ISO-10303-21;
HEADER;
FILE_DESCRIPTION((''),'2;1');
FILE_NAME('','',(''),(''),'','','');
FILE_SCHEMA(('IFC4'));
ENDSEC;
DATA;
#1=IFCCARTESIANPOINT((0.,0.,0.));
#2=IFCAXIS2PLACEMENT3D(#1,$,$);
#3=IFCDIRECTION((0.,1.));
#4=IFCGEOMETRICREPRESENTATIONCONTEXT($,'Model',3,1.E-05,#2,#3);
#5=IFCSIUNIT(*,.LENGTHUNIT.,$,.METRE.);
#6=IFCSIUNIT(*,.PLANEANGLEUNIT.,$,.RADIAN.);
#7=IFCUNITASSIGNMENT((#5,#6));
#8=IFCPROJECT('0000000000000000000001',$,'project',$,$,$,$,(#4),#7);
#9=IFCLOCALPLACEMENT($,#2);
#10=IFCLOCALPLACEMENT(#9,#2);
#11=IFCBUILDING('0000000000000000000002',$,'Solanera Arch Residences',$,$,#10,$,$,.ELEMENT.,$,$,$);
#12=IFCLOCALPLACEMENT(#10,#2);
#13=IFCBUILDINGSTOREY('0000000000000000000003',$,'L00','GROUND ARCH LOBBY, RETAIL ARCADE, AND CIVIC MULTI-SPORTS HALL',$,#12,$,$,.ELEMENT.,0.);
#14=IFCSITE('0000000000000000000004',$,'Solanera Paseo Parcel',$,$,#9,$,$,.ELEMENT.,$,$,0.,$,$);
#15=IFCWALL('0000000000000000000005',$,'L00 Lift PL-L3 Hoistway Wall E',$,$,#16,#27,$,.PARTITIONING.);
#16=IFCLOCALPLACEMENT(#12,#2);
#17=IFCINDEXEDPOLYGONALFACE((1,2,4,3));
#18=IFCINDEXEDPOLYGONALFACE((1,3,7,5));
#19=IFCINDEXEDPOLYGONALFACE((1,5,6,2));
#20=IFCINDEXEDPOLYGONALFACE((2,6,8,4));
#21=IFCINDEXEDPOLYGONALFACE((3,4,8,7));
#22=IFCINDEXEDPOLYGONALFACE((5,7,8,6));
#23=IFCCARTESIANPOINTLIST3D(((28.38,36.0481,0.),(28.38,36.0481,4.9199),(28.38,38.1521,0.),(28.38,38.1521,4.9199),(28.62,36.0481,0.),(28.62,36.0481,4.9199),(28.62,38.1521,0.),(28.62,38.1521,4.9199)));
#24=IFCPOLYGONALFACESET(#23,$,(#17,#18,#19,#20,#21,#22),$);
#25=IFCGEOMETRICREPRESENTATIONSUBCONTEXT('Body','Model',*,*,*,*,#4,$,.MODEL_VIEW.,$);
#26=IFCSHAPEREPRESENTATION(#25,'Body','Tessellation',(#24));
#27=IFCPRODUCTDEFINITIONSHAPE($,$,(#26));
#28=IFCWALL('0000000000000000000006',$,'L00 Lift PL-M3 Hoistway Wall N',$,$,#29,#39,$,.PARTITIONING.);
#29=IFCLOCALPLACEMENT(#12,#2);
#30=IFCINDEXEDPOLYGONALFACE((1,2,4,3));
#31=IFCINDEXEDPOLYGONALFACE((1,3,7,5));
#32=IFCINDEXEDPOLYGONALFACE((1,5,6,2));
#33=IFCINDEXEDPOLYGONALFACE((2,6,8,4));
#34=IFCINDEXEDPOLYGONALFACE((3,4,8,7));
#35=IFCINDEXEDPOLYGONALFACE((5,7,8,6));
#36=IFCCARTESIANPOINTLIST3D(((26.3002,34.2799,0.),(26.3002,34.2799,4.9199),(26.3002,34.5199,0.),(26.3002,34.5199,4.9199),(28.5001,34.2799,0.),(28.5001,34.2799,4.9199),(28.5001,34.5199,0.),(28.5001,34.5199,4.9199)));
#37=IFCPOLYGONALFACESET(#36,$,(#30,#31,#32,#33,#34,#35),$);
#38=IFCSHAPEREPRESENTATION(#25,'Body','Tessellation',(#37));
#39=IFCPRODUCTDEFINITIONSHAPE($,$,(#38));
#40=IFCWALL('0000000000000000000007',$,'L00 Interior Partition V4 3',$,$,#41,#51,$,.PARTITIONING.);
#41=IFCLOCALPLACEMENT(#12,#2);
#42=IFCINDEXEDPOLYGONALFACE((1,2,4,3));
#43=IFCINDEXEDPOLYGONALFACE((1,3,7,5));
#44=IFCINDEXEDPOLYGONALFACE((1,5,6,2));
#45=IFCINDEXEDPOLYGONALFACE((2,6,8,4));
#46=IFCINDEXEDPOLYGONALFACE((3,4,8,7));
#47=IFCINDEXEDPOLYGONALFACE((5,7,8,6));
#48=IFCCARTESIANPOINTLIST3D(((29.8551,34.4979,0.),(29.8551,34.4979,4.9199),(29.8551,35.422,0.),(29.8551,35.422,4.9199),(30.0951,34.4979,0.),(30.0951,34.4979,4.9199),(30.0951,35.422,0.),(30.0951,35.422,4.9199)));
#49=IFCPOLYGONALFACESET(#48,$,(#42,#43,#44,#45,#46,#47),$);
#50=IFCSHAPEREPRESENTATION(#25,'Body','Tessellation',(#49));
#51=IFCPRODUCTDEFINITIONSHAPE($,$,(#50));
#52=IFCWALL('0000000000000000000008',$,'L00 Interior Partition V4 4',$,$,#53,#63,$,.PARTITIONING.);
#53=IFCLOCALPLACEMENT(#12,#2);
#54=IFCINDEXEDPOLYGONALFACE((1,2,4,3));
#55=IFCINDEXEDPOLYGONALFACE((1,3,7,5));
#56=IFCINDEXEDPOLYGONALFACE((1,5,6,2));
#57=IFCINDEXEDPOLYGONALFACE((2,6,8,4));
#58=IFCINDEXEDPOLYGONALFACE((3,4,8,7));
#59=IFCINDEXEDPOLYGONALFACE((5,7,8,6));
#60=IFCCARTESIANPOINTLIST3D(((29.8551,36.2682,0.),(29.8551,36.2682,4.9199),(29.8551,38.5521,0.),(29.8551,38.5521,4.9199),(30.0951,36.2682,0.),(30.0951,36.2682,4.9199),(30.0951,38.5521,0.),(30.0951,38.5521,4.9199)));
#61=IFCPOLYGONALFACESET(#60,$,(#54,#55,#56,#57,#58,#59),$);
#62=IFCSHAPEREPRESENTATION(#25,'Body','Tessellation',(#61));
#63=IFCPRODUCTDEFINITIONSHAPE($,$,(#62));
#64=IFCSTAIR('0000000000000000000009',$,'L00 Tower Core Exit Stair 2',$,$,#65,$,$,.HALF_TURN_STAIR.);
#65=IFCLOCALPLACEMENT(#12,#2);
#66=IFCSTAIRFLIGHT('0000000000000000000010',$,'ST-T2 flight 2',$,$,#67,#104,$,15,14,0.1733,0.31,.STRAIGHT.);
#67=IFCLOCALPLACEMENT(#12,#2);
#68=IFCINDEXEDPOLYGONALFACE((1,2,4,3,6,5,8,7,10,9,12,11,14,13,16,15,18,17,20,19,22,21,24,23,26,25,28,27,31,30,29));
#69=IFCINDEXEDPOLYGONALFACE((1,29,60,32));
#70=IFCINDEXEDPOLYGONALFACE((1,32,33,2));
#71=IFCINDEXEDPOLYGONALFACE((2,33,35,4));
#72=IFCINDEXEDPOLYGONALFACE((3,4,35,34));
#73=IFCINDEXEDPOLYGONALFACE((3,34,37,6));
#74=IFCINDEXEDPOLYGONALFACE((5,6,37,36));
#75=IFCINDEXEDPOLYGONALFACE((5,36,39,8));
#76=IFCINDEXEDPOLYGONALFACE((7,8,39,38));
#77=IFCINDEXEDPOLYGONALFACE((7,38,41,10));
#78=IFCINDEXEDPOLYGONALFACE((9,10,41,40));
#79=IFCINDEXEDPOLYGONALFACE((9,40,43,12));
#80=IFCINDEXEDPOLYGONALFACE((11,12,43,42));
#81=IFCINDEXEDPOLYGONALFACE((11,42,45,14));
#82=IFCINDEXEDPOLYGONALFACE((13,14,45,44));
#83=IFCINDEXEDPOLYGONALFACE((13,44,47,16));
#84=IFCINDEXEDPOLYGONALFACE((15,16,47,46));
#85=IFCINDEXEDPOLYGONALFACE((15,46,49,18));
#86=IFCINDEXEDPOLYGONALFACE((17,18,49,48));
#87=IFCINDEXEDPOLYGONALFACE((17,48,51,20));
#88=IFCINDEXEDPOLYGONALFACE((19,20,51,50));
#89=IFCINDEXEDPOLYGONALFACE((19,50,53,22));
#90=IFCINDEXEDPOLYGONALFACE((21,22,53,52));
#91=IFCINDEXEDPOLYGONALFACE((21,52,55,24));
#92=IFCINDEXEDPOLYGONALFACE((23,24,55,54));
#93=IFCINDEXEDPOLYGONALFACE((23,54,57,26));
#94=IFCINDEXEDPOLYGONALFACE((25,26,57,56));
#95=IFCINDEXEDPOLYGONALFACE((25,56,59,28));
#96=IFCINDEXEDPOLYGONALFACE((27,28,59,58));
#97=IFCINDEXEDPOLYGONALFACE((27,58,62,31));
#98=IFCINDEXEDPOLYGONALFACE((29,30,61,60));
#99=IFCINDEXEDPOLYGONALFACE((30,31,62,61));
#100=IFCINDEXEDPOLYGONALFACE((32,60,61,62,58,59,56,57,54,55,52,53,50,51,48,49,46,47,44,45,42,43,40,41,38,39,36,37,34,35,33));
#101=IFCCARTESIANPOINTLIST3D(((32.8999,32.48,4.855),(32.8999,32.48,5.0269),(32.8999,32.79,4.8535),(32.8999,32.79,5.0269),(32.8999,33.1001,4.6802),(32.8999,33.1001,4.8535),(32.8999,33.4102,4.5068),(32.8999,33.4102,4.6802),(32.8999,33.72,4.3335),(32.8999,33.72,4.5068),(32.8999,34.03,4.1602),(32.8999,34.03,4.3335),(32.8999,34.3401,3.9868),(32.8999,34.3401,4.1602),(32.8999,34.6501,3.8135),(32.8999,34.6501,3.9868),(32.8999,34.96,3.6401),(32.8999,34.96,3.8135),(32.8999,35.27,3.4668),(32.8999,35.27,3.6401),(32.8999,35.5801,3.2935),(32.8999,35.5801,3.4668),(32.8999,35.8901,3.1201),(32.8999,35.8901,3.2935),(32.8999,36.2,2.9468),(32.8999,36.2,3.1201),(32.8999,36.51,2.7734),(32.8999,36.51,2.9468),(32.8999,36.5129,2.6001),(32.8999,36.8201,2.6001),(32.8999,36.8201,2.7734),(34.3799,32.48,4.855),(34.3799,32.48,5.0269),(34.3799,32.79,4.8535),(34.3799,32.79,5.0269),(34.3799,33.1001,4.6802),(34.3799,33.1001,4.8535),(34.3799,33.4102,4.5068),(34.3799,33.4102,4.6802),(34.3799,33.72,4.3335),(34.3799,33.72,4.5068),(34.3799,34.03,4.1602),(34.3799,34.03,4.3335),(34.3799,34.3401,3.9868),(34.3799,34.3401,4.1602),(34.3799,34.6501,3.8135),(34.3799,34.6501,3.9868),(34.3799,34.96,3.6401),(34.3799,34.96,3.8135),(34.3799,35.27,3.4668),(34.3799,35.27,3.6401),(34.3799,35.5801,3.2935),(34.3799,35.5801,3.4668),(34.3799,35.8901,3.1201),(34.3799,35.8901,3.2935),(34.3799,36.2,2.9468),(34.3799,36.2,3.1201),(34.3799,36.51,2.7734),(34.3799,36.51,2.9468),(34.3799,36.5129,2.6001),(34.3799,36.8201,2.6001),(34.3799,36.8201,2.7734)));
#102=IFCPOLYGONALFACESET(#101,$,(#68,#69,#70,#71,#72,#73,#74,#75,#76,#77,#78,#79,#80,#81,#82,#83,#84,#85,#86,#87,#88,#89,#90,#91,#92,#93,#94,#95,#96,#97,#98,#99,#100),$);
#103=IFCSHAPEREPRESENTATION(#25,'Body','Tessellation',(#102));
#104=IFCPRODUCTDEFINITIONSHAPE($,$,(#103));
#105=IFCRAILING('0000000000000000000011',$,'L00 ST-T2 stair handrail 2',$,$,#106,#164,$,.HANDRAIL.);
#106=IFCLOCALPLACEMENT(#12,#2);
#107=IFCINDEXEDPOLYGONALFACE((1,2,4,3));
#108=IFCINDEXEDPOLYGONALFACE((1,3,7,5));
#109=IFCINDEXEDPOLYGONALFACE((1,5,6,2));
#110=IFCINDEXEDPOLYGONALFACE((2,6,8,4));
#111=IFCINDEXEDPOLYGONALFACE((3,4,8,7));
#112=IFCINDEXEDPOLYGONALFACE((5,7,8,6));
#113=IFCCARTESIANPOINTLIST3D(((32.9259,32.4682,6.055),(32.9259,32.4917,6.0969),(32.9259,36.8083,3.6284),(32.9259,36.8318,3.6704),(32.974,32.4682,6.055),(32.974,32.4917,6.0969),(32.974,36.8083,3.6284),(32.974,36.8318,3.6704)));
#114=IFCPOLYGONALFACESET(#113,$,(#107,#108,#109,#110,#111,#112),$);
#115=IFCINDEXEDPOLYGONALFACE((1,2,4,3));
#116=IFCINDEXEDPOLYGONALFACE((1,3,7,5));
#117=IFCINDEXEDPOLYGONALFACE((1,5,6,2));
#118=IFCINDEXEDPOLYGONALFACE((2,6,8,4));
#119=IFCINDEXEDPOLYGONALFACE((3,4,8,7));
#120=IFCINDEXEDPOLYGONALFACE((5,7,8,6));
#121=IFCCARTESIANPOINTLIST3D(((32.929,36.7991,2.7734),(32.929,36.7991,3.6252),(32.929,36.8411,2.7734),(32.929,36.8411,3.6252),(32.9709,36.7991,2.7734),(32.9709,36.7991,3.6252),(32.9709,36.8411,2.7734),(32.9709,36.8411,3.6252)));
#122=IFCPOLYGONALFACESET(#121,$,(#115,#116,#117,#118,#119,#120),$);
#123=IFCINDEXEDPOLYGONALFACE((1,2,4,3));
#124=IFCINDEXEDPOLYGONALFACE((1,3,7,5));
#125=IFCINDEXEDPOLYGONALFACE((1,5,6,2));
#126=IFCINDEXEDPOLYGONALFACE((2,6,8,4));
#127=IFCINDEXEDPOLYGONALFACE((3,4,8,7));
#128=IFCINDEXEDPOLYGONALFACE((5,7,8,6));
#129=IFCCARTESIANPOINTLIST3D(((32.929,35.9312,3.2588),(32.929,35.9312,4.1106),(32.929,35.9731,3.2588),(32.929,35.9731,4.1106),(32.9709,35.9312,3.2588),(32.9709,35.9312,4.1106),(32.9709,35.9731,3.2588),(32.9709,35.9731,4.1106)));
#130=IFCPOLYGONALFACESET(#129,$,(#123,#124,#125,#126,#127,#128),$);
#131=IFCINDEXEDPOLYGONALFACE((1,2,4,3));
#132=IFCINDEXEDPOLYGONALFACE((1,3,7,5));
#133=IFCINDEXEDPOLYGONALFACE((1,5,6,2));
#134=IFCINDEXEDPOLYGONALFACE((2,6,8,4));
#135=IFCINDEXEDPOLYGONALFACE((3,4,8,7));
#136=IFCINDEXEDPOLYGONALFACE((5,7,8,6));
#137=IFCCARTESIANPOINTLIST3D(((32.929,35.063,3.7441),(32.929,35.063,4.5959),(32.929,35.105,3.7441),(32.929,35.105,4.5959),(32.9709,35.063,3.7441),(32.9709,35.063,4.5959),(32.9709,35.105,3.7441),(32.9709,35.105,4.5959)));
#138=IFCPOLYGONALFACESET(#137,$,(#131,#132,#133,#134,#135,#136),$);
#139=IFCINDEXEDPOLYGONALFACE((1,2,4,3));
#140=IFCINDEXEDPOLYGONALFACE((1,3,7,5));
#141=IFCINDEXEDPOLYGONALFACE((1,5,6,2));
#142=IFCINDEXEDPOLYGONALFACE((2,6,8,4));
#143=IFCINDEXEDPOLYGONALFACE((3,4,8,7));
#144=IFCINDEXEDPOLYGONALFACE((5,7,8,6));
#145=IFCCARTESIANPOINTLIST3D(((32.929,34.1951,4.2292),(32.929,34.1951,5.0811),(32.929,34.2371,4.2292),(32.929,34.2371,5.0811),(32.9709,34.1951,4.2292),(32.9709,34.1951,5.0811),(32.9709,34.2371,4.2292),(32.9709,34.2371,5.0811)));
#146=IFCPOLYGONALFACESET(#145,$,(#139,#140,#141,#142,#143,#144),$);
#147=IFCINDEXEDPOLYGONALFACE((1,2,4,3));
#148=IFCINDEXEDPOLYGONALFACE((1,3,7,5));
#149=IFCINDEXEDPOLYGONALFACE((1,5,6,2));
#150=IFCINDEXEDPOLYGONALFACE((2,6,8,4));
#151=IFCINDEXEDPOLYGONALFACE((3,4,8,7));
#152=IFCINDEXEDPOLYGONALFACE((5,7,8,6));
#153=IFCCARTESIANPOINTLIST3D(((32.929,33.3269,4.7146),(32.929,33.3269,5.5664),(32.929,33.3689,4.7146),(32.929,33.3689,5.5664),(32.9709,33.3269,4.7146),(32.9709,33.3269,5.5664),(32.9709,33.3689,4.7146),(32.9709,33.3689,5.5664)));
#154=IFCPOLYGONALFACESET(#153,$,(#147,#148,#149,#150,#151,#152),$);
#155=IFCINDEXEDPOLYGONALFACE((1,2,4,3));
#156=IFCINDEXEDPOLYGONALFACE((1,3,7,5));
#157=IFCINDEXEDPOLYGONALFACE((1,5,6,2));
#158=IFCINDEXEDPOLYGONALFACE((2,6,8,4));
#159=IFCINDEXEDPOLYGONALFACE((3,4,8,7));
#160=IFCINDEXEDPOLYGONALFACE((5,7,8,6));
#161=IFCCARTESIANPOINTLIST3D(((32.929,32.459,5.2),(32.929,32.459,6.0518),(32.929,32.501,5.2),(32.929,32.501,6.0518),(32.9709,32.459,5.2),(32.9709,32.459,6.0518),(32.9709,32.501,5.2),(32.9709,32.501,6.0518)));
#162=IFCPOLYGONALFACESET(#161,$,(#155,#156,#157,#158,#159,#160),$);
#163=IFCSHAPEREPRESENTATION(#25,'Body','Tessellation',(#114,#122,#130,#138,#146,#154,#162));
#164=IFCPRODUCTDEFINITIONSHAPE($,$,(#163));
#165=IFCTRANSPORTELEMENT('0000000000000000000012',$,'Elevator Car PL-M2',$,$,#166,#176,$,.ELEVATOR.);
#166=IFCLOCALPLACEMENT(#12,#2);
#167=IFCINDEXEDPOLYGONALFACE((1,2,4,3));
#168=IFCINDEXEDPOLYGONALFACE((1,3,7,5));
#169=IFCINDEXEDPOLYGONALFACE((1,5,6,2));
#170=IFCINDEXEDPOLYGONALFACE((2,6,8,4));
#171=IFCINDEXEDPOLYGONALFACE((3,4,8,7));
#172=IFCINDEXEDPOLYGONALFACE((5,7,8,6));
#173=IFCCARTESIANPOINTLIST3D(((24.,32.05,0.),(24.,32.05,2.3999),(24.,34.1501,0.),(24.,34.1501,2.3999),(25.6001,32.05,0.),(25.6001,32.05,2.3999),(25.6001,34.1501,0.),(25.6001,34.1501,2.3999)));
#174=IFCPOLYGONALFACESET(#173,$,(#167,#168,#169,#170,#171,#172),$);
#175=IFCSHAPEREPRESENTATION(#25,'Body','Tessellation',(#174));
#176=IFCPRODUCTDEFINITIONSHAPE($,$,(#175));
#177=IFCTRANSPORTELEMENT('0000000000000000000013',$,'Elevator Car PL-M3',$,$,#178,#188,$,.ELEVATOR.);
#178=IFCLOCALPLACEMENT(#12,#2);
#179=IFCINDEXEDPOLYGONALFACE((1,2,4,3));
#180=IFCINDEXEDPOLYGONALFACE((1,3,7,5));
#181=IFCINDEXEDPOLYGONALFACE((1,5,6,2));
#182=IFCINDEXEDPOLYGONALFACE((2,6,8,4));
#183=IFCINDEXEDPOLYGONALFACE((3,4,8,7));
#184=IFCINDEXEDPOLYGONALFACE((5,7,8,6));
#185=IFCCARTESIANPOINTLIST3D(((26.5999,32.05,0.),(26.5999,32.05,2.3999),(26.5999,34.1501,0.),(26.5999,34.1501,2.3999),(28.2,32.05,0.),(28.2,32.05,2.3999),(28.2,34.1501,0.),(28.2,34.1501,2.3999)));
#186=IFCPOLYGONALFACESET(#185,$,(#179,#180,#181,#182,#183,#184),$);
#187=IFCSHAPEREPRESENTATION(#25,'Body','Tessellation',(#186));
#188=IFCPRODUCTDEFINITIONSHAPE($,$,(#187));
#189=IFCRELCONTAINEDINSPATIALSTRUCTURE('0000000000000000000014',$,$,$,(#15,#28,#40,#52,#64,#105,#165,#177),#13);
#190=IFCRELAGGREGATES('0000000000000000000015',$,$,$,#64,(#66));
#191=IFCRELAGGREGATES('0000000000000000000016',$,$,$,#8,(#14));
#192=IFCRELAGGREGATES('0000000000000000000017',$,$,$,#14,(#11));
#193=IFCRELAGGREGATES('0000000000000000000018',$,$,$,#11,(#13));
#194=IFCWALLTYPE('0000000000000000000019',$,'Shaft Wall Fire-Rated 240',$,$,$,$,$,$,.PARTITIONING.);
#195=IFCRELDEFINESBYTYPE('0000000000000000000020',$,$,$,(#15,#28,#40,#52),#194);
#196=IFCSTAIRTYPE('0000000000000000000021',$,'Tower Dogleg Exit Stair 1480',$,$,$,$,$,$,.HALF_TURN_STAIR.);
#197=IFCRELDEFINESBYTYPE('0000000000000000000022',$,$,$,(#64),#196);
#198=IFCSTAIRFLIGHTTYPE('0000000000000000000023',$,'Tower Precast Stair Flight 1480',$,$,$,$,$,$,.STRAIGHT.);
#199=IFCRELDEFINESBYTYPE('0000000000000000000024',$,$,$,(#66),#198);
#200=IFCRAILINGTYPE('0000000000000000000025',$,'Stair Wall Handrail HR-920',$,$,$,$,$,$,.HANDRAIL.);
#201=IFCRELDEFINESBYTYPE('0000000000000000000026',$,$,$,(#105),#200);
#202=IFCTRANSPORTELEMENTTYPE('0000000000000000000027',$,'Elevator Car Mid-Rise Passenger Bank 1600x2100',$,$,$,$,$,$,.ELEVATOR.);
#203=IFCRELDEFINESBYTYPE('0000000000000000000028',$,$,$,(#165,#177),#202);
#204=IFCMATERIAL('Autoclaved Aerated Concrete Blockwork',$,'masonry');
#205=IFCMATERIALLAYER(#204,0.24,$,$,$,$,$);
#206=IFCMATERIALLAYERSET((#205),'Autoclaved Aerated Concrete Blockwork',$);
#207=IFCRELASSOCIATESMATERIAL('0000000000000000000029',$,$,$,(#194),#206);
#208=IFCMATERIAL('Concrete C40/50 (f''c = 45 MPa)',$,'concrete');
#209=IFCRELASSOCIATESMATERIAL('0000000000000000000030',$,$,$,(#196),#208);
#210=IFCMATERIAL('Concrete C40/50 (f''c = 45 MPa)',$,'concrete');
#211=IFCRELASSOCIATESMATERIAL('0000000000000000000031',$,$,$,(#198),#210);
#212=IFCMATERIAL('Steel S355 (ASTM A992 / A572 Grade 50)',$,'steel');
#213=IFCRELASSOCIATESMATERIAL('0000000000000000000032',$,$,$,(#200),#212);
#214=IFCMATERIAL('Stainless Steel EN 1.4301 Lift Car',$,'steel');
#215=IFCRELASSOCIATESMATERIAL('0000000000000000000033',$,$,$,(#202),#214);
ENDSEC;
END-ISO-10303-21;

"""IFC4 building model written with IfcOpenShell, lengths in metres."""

from ifc_helpers import new_model, si_unit, direction, frame, frame_2d, origin, origin_2d, place, context, subcontext, project, spatial, polyline, rectangle, outline, extrude, material, layer, layer_set, type_object, element, aggregate, save


model = new_model("IFC4")

# Units and contexts
model_context = context("Model", 3, precision=1e-05, world=origin(), true_north=direction((0.0, 1.0)))
body_context = subcontext(model_context, "Body", "Model", "MODEL_VIEW")
ifc_project = project(units=[si_unit("LENGTHUNIT", "METRE"), si_unit("PLANEANGLEUNIT", "RADIAN")], contexts=[model_context])

# Site, building, storey
site_placement = place(None, origin())
site = spatial("IfcSite", under=ifc_project, at=site_placement, Name="Solanera Paseo Parcel", CompositionType="ELEMENT", RefElevation=0.0)
building_placement = place(site_placement, origin())
building = spatial("IfcBuilding", under=site, at=building_placement, Name="Solanera Arch Residences", CompositionType="ELEMENT")
storey_placement = place(building_placement, origin())
storey = spatial("IfcBuildingStorey", under=building, at=storey_placement, Name="L00", Description="GROUND ARCH LOBBY, RETAIL ARCADE, AND CIVIC MULTI-SPORTS HALL", CompositionType="ELEMENT", Elevation=0.0)

# Walls
ifc_material_1 = material(Name="Autoclaved Aerated Concrete Blockwork", Category="masonry")
ifc_layer_1 = layer(ifc_material_1, 0.24)
ifc_layer_set_1 = layer_set([ifc_layer_1], Name="Autoclaved Aerated Concrete Blockwork")
wall_type_1 = type_object("IfcWallType", Name="Shaft Wall Fire-Rated 240", PredefinedType="PARTITIONING", material=ifc_layer_set_1)
for number, where, z_axis, x_axis, name in (
    (1, (28.5, 36.0481, 0.0), (0.0, 0.0, 1.0), (0.0, 1.0, 0.0), "L00 Lift PL-L3 Hoistway Wall E"),
):
    element("IfcWall", number, at=place(storey_placement, frame(where, z_axis=z_axis, x_axis=x_axis)), inside=storey, type_object=wall_type_1, Name=name, PredefinedType="PARTITIONING", context=body_context, shape_type="SweptSolid", body=[
        extrude(rectangle(XDim=2.104, YDim=0.24, at=frame_2d((1.052, 0.0))), origin(), (0.0, 0.0, 1.0), 4.9199),
    ])
wall_1_placement = place(storey_placement, frame((26.3, 34.3999, 0.0), z_axis=(0.0, 0.0, 1.0), x_axis=(1.0, 0.0, 0.0)))
element("IfcWall", 2, at=wall_1_placement, inside=storey, type_object=wall_type_1, Name="L00 Lift PL-M3 Hoistway Wall N", PredefinedType="PARTITIONING", context=body_context, shape_type="SweptSolid", body=[
    extrude(rectangle(XDim=2.2, YDim=0.24, at=frame_2d((1.1001, 0.0))), origin(), (0.0, 0.0, 1.0), 4.9199),
])

# Walls
wall_2_placement = place(storey_placement, frame((29.9751, 34.498, 0.0), z_axis=(0.0, 0.0, 1.0), x_axis=(0.0, 1.0, 0.0)))
element("IfcWall", 3, at=wall_2_placement, inside=storey, type_object=wall_type_1, Name="L00 Interior Partition V4 3", PredefinedType="PARTITIONING", context=body_context, shape_type="SweptSolid", body=[
    extrude(rectangle(XDim=0.9241, YDim=0.24, at=frame_2d((0.4619, 0.0))), origin(), (0.0, 0.0, 1.0), 4.9199),
])
wall_3_placement = place(storey_placement, frame((29.9751, 36.2681, 0.0), z_axis=(0.0, 0.0, 1.0), x_axis=(0.0, 1.0, 0.0)))
element("IfcWall", 4, at=wall_3_placement, inside=storey, type_object=wall_type_1, Name="L00 Interior Partition V4 4", PredefinedType="PARTITIONING", context=body_context, shape_type="SweptSolid", body=[
    extrude(rectangle(XDim=2.2839, YDim=0.24, at=frame_2d((1.1421, 0.0))), origin(), (0.0, 0.0, 1.0), 4.9199),
])

# Stair, stair flight
ifc_material_2 = material(Name="Concrete C40/50 (f'c = 45 MPa)", Category="concrete")
stair_type = type_object("IfcStairType", Name="Tower Dogleg Exit Stair 1480", PredefinedType="HALF_TURN_STAIR", material=ifc_material_2)
stair_placement = place(storey_placement, origin())
stair = element("IfcStair", 5, at=stair_placement, inside=storey, type_object=stair_type, Name="L00 Tower Core Exit Stair 2", PredefinedType="HALF_TURN_STAIR")
ifc_material_3 = material(Name="Concrete C40/50 (f'c = 45 MPa)", Category="concrete")
stair_flight_type = type_object("IfcStairFlightType", Name="Tower Precast Stair Flight 1480", PredefinedType="STRAIGHT", material=ifc_material_3)
stair_flight_placement = place(storey_placement, frame((33.6399, 36.8201, 2.6001), z_axis=(0.0, 0.0, 1.0), x_axis=(0.0, -1.0, 0.0)))
stair_flight = element("IfcStairFlight", 6, at=stair_flight_placement, type_object=stair_flight_type, Name="ST-T2 flight 2", NumberOfRisers=15, NumberOfTreads=14, PredefinedType="STRAIGHT", RiserHeight=0.1733, TreadLength=0.31, context=body_context, shape_type="SweptSolid", body=[
    extrude(outline(polyline([(0.0, 0.0), (0.0, 0.1733), (0.3101, 0.1733), (0.3101, 0.3467), (0.6201, 0.3467), (0.6201, 0.52), (0.9299, 0.52), (0.9299, 0.6934), (1.24, 0.6934), (1.24, 0.8667), (1.55, 0.8667), (1.55, 1.04), (1.8601, 1.04), (1.8601, 1.2134), (2.1699, 1.2134), (2.1699, 1.3867), (2.48, 1.3867), (2.48, 1.5601), (2.79, 1.5601), (2.79, 1.7334), (3.1001, 1.7334), (3.1001, 1.9067), (3.4099, 1.9067), (3.4099, 2.0801), (3.72, 2.0801), (3.72, 2.2534), (4.03, 2.2534), (4.03, 2.4268), (4.3401, 2.4268), (4.3401, 2.6001), (4.3401, 2.2549), (0.3071, 0.0), (0.0, 0.0)])), frame((0.0, 0.74, 0.0), z_axis=(0.0, -1.0, 0.0), x_axis=(1.0, 0.0, 0.0)), (0.0, 0.0, 1.0), 1.48),
])
aggregate(stair, [stair_flight])

# Railing
ifc_material_4 = material(Name="Steel S355 (ASTM A992 / A572 Grade 50)", Category="steel")
railing_type = type_object("IfcRailingType", Name="Stair Wall Handrail HR-920", PredefinedType="HANDRAIL", material=ifc_material_4)
railing_placement = place(storey_placement, frame((32.95, 36.8201, 2.7734)))
element("IfcRailing", 7, at=railing_placement, inside=storey, type_object=railing_type, Name="L00 ST-T2 stair handrail 2", PredefinedType="HANDRAIL", context=body_context, shape_type="SweptSolid", body=[
    extrude(rectangle(XDim=0.0481, YDim=0.0481, at=origin_2d()), frame((0.0, 0.0, 0.876), z_axis=(0.0, -0.872843, 0.488001), x_axis=(1.0, 0.0, 0.0)), (0.0, 0.0, 1.0), 4.9724),
    extrude(rectangle(XDim=0.042, YDim=0.042, at=origin_2d()), origin(), (0.0, 0.0, 1.0), 0.8518),
    extrude(rectangle(XDim=0.042, YDim=0.042, at=origin_2d()), frame((0.0, -0.8679, 0.4854)), (0.0, 0.0, 1.0), 0.8518),
    extrude(rectangle(XDim=0.042, YDim=0.042, at=origin_2d()), frame((0.0, -1.7361, 0.9707)), (0.0, 0.0, 1.0), 0.8518),
    extrude(rectangle(XDim=0.042, YDim=0.042, at=origin_2d()), frame((0.0, -2.604, 1.4558)), (0.0, 0.0, 1.0), 0.8518),
    extrude(rectangle(XDim=0.042, YDim=0.042, at=origin_2d()), frame((0.0, -3.4722, 1.9412)), (0.0, 0.0, 1.0), 0.8518),
    extrude(rectangle(XDim=0.042, YDim=0.042, at=origin_2d()), frame((0.0, -4.3401, 2.4265)), (0.0, 0.0, 1.0), 0.8518),
])

# Transport elements
ifc_material_5 = material(Name="Stainless Steel EN 1.4301 Lift Car", Category="steel")
transport_element_type = type_object("IfcTransportElementType", Name="Elevator Car Mid-Rise Passenger Bank 1600x2100", PredefinedType="ELEVATOR", material=ifc_material_5)
for number, where, z_axis, x_axis, name in (
    (8, (24.8, 33.1001, 0.0), (0.0, 0.0, 1.0), (1.0, 0.0, 0.0), "Elevator Car PL-M2"),
    (9, (27.3999, 33.1001, 0.0), (0.0, 0.0, 1.0), (1.0, 0.0, 0.0), "Elevator Car PL-M3"),
):
    element("IfcTransportElement", number, at=place(storey_placement, frame(where, z_axis=z_axis, x_axis=x_axis)), inside=storey, type_object=transport_element_type, Name=name, PredefinedType="ELEVATOR", context=body_context, shape_type="SweptSolid", body=[
        extrude(rectangle(XDim=1.6001, YDim=2.1001, at=origin_2d()), origin(), (0.0, 0.0, 1.0), 2.3999),
    ])

save(model, "model.ifc")
